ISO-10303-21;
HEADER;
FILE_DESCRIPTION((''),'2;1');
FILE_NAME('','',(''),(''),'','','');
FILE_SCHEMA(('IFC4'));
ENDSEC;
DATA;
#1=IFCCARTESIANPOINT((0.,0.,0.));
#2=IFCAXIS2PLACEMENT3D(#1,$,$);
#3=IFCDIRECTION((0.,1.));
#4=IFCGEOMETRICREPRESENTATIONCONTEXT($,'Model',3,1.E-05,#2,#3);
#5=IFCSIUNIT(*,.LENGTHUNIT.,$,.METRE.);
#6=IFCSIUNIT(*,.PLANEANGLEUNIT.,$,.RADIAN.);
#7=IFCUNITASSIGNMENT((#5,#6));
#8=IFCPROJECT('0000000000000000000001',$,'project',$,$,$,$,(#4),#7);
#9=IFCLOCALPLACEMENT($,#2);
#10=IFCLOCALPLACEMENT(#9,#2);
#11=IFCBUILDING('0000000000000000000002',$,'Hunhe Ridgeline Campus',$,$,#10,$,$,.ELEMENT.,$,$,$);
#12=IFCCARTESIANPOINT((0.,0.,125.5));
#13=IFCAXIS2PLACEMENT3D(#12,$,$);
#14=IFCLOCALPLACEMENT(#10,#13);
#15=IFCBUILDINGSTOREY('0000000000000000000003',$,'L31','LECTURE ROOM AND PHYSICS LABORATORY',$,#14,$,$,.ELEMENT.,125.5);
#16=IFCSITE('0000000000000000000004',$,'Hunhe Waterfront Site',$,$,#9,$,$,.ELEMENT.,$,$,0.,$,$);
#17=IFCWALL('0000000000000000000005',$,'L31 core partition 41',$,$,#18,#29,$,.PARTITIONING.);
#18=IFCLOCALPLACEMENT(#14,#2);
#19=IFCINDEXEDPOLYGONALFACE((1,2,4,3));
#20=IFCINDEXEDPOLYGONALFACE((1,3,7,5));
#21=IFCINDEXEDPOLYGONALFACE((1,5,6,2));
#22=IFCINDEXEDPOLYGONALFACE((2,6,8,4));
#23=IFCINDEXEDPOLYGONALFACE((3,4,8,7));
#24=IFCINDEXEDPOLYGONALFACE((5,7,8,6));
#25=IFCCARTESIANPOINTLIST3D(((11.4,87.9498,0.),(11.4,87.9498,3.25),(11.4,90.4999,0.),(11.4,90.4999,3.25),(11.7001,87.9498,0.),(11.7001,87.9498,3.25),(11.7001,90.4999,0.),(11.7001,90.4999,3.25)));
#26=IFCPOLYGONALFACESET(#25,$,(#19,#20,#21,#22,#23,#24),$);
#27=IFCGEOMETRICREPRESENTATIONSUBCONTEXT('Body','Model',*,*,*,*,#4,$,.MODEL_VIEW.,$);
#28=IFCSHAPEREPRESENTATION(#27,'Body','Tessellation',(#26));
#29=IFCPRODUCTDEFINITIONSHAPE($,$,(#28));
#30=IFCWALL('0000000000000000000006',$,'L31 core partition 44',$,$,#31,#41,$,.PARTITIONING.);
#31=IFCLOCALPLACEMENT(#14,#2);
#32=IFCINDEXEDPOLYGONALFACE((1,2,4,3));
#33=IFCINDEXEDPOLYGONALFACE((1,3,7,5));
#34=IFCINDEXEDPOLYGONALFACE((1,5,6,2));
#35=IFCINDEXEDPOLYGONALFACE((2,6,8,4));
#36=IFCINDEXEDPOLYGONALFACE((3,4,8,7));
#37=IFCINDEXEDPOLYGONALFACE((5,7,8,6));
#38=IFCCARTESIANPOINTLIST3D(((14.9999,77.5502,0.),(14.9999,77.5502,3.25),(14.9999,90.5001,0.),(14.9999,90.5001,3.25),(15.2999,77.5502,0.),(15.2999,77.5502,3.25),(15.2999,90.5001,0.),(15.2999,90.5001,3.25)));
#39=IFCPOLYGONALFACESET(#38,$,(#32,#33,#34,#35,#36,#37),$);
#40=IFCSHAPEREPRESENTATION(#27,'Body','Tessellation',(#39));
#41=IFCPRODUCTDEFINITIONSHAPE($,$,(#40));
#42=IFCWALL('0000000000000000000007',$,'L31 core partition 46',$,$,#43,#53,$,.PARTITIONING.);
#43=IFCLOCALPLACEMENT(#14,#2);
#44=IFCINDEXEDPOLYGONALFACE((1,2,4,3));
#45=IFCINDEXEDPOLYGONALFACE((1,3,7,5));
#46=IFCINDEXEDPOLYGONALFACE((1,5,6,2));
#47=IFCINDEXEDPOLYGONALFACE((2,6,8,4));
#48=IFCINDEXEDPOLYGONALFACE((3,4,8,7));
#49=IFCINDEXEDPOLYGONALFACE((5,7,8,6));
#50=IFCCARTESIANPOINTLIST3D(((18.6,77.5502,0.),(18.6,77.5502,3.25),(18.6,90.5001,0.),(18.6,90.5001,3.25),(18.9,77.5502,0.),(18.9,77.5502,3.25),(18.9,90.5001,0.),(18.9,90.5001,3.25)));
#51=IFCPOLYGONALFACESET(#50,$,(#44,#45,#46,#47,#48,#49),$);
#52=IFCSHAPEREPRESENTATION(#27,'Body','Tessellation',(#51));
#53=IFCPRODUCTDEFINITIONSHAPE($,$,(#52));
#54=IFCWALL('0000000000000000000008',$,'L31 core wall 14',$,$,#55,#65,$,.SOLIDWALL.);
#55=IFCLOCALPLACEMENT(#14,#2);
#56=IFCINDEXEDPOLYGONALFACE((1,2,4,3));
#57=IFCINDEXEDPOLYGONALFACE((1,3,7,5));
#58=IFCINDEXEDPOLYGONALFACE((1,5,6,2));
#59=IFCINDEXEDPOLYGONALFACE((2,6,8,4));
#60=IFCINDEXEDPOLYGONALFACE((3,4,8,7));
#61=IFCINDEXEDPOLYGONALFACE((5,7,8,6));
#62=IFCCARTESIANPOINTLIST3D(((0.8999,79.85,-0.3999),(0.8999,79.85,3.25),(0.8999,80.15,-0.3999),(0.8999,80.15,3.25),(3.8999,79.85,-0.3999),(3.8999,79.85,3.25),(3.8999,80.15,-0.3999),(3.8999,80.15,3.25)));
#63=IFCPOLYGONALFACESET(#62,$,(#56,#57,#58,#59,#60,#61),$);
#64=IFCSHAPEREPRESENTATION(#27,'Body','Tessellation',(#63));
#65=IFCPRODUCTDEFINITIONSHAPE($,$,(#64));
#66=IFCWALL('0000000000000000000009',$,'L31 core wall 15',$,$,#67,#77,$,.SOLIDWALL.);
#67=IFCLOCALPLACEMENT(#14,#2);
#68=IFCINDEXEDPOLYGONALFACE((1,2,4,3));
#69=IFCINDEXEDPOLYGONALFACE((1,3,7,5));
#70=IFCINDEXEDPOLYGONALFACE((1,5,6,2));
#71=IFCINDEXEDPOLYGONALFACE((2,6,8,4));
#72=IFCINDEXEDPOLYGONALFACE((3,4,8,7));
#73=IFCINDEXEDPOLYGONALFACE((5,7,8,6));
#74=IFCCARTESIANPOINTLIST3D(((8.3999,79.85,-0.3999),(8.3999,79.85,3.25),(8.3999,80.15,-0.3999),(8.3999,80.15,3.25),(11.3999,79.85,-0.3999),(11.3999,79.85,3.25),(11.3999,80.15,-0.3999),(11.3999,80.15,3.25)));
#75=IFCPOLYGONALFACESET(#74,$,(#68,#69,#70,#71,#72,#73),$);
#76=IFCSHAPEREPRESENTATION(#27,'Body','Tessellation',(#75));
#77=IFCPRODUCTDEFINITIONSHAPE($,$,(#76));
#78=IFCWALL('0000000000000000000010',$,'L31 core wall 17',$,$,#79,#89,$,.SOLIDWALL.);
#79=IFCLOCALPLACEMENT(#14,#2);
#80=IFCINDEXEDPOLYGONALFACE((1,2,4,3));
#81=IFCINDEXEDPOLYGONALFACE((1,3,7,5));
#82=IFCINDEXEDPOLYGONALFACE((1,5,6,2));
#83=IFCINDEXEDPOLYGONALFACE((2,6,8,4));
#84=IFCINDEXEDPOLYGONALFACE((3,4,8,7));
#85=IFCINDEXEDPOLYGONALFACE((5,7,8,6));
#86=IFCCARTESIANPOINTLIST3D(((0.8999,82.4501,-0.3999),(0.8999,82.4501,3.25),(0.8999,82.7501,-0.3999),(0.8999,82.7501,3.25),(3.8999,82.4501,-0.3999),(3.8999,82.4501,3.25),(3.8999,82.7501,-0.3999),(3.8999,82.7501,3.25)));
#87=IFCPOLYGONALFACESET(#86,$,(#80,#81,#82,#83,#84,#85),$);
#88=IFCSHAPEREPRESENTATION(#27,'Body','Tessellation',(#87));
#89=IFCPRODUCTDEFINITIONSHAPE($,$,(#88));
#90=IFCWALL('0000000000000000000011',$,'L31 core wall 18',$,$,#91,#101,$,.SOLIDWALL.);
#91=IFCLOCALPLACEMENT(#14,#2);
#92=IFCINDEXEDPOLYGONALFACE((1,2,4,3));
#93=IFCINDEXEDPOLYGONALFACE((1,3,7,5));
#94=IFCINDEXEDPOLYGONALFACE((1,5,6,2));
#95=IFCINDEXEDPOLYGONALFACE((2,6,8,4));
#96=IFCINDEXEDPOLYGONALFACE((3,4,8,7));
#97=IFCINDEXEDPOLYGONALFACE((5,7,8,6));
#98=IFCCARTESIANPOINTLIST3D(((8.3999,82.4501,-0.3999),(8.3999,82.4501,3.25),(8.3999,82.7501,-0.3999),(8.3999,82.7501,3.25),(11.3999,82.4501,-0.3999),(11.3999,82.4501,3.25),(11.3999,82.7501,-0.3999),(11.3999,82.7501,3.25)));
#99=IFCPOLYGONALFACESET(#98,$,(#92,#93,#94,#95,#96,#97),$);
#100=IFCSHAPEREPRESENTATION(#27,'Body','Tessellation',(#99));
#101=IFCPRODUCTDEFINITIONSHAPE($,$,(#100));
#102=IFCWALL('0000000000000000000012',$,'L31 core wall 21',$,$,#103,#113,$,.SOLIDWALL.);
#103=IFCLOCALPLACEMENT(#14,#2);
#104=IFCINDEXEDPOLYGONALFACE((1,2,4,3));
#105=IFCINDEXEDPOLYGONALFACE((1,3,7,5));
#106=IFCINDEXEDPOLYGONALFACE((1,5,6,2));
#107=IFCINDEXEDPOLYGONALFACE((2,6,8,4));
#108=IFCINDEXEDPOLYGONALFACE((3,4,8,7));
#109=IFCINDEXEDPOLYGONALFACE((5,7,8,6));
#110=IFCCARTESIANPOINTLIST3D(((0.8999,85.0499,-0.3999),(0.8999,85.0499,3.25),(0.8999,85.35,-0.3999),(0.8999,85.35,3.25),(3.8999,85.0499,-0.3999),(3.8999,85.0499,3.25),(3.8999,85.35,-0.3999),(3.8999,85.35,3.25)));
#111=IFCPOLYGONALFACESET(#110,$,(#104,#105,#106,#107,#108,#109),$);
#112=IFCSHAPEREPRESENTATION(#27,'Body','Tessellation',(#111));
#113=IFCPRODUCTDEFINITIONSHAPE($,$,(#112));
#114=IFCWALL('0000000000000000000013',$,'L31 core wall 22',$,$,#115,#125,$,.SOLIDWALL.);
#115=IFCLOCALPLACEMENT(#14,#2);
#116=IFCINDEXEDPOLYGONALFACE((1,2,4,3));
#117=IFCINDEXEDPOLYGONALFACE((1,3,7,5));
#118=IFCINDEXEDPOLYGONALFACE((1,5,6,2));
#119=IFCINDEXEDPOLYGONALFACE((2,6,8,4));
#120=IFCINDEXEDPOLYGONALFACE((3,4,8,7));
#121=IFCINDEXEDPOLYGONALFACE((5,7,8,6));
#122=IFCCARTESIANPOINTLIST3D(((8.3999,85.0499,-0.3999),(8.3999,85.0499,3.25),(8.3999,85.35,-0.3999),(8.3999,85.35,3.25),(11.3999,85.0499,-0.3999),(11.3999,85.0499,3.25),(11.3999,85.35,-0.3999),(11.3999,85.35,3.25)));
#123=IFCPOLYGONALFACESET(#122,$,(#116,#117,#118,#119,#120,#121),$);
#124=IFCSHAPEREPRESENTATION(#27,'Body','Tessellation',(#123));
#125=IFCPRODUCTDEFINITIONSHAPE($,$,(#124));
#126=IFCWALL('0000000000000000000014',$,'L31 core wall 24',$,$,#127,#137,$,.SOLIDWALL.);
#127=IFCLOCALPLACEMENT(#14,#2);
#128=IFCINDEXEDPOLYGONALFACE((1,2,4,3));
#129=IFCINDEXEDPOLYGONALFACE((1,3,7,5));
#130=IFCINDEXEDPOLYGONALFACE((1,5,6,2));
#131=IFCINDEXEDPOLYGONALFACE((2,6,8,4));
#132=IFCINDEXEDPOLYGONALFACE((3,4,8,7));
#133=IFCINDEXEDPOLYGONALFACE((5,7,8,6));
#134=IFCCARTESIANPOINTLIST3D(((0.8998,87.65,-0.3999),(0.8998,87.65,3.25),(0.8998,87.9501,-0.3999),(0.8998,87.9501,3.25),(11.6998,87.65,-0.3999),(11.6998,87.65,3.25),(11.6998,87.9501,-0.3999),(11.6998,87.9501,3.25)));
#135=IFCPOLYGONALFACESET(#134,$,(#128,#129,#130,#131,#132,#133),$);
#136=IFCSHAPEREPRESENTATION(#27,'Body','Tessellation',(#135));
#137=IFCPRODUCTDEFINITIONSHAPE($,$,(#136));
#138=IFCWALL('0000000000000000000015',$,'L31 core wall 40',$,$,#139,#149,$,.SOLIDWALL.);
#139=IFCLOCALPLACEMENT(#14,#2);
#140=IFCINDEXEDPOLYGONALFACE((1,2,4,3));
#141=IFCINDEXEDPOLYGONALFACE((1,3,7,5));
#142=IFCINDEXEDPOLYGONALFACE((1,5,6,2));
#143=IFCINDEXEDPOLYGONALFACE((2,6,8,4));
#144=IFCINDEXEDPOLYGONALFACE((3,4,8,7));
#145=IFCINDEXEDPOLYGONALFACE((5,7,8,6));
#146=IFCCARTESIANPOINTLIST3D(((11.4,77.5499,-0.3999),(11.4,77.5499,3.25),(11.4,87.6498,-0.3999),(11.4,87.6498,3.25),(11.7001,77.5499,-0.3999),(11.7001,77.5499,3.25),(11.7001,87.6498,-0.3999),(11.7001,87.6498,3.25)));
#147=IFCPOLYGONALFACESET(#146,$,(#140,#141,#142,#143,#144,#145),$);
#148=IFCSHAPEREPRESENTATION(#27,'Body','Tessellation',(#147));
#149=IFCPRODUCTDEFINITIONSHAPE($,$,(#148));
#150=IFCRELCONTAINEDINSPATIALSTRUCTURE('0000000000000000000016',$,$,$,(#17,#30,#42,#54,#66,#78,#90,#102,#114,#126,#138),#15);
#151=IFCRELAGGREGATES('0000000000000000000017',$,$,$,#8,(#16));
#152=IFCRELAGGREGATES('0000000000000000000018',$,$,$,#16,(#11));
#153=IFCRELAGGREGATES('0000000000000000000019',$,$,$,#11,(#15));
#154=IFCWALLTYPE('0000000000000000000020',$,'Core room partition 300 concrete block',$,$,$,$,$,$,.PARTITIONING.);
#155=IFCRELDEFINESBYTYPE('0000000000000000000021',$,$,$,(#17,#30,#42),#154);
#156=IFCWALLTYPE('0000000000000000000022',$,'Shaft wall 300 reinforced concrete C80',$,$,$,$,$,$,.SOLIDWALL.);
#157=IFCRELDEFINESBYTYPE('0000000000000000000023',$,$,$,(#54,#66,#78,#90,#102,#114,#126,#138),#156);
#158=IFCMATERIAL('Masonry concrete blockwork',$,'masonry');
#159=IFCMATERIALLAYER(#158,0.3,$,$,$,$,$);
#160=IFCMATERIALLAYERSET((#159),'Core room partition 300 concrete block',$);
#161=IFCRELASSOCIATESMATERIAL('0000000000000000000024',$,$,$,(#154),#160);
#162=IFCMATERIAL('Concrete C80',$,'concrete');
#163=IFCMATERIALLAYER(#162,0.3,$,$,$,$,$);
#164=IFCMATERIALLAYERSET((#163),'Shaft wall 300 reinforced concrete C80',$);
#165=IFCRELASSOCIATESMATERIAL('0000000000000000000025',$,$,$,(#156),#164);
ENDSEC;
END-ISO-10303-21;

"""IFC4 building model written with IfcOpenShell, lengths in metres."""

from ifc_helpers import new_model, si_unit, direction, frame, frame_2d, origin, place, context, subcontext, project, spatial, rectangle, extrude, material, layer, layer_set, type_object, element, save


model = new_model("IFC4")

# Units and contexts
model_context = context("Model", 3, precision=1e-05, world=origin(), true_north=direction((0.0, 1.0)))
body_context = subcontext(model_context, "Body", "Model", "MODEL_VIEW")
ifc_project = project(units=[si_unit("LENGTHUNIT", "METRE"), si_unit("PLANEANGLEUNIT", "RADIAN")], contexts=[model_context])

# Site, building, storey
site_placement = place(None, origin())
site = spatial("IfcSite", under=ifc_project, at=site_placement, Name="Hunhe Waterfront Site", CompositionType="ELEMENT", RefElevation=0.0)
building_placement = place(site_placement, origin())
building = spatial("IfcBuilding", under=site, at=building_placement, Name="Hunhe Ridgeline Campus", CompositionType="ELEMENT")
storey_placement = place(building_placement, frame((0.0, 0.0, 125.5)))
storey = spatial("IfcBuildingStorey", under=building, at=storey_placement, Name="L31", Description="LECTURE ROOM AND PHYSICS LABORATORY", CompositionType="ELEMENT", Elevation=125.5)

# Walls
ifc_material_1 = material(Name="Masonry concrete blockwork", Category="masonry")
ifc_layer_1 = layer(ifc_material_1, 0.3)
ifc_layer_set_1 = layer_set([ifc_layer_1], Name="Core room partition 300 concrete block")
wall_type_1 = type_object("IfcWallType", Name="Core room partition 300 concrete block", PredefinedType="PARTITIONING", material=ifc_layer_set_1)
wall_1_placement = place(storey_placement, frame((11.55, 87.95, 0.0), z_axis=(0.0, 0.0, 1.0), x_axis=(0.0, 1.0, 0.0)))
element("IfcWall", 1, at=wall_1_placement, inside=storey, type_object=wall_type_1, Name="L31 core partition 41", PredefinedType="PARTITIONING", context=body_context, shape_type="SweptSolid", body=[
    extrude(rectangle(XDim=2.55, YDim=0.3, at=frame_2d((1.2749, 0.0))), origin(), (0.0, 0.0, 1.0), 3.25),
])
for number, where, z_axis, x_axis, name in (
    (2, (15.1499, 77.55, 0.0), (0.0, 0.0, 1.0), (0.0, 1.0, 0.0), "L31 core partition 44"),
    (3, (18.75, 77.55, 0.0), (0.0, 0.0, 1.0), (0.0, 1.0, 0.0), "L31 core partition 46"),
):
    element("IfcWall", number, at=place(storey_placement, frame(where, z_axis=z_axis, x_axis=x_axis)), inside=storey, type_object=wall_type_1, Name=name, PredefinedType="PARTITIONING", context=body_context, shape_type="SweptSolid", body=[
        extrude(rectangle(XDim=12.95, YDim=0.3, at=frame_2d((6.4751, 0.0))), origin(), (0.0, 0.0, 1.0), 3.25),
    ])
ifc_material_2 = material(Name="Concrete C80", Category="concrete")
ifc_layer_2 = layer(ifc_material_2, 0.3)
ifc_layer_set_2 = layer_set([ifc_layer_2], Name="Shaft wall 300 reinforced concrete C80")
wall_type_2 = type_object("IfcWallType", Name="Shaft wall 300 reinforced concrete C80", PredefinedType="SOLIDWALL", material=ifc_layer_set_2)
for number, where, z_axis, x_axis, name in (
    (4, (0.8999, 80.0, -0.3999), (0.0, 0.0, 1.0), (1.0, 0.0, 0.0), "L31 core wall 14"),
    (5, (8.3999, 80.0, -0.3999), (0.0, 0.0, 1.0), (1.0, 0.0, 0.0), "L31 core wall 15"),
    (6, (0.8999, 82.6001, -0.3999), (0.0, 0.0, 1.0), (1.0, 0.0, 0.0), "L31 core wall 17"),
    (7, (8.3999, 82.6001, -0.3999), (0.0, 0.0, 1.0), (1.0, 0.0, 0.0), "L31 core wall 18"),
    (8, (0.8999, 85.2, -0.3999), (0.0, 0.0, 1.0), (1.0, 0.0, 0.0), "L31 core wall 21"),
    (9, (8.3999, 85.2, -0.3999), (0.0, 0.0, 1.0), (1.0, 0.0, 0.0), "L31 core wall 22"),
):
    element("IfcWall", number, at=place(storey_placement, frame(where, z_axis=z_axis, x_axis=x_axis)), inside=storey, type_object=wall_type_2, Name=name, PredefinedType="SOLIDWALL", context=body_context, shape_type="SweptSolid", body=[
        extrude(rectangle(XDim=3.0, YDim=0.3, at=frame_2d((1.5, 0.0))), origin(), (0.0, 0.0, 1.0), 3.6499),
    ])
wall_2_placement = place(storey_placement, frame((0.8999, 87.8, -0.3999), z_axis=(0.0, 0.0, 1.0), x_axis=(1.0, 0.0, 0.0)))
element("IfcWall", 10, at=wall_2_placement, inside=storey, type_object=wall_type_2, Name="L31 core wall 24", PredefinedType="SOLIDWALL", context=body_context, shape_type="SweptSolid", body=[
    extrude(rectangle(XDim=10.8, YDim=0.3, at=frame_2d((5.3999, 0.0))), origin(), (0.0, 0.0, 1.0), 3.6499),
])

# Wall
wall_3_placement = place(storey_placement, frame((11.55, 77.55, -0.3999), z_axis=(0.0, 0.0, 1.0), x_axis=(0.0, 1.0, 0.0)))
element("IfcWall", 11, at=wall_3_placement, inside=storey, type_object=wall_type_2, Name="L31 core wall 40", PredefinedType="SOLIDWALL", context=body_context, shape_type="SweptSolid", body=[
    extrude(rectangle(XDim=10.0999, YDim=0.3, at=frame_2d((5.0498, 0.0))), origin(), (0.0, 0.0, 1.0), 3.6499),
])

save(model, "model.ifc")
